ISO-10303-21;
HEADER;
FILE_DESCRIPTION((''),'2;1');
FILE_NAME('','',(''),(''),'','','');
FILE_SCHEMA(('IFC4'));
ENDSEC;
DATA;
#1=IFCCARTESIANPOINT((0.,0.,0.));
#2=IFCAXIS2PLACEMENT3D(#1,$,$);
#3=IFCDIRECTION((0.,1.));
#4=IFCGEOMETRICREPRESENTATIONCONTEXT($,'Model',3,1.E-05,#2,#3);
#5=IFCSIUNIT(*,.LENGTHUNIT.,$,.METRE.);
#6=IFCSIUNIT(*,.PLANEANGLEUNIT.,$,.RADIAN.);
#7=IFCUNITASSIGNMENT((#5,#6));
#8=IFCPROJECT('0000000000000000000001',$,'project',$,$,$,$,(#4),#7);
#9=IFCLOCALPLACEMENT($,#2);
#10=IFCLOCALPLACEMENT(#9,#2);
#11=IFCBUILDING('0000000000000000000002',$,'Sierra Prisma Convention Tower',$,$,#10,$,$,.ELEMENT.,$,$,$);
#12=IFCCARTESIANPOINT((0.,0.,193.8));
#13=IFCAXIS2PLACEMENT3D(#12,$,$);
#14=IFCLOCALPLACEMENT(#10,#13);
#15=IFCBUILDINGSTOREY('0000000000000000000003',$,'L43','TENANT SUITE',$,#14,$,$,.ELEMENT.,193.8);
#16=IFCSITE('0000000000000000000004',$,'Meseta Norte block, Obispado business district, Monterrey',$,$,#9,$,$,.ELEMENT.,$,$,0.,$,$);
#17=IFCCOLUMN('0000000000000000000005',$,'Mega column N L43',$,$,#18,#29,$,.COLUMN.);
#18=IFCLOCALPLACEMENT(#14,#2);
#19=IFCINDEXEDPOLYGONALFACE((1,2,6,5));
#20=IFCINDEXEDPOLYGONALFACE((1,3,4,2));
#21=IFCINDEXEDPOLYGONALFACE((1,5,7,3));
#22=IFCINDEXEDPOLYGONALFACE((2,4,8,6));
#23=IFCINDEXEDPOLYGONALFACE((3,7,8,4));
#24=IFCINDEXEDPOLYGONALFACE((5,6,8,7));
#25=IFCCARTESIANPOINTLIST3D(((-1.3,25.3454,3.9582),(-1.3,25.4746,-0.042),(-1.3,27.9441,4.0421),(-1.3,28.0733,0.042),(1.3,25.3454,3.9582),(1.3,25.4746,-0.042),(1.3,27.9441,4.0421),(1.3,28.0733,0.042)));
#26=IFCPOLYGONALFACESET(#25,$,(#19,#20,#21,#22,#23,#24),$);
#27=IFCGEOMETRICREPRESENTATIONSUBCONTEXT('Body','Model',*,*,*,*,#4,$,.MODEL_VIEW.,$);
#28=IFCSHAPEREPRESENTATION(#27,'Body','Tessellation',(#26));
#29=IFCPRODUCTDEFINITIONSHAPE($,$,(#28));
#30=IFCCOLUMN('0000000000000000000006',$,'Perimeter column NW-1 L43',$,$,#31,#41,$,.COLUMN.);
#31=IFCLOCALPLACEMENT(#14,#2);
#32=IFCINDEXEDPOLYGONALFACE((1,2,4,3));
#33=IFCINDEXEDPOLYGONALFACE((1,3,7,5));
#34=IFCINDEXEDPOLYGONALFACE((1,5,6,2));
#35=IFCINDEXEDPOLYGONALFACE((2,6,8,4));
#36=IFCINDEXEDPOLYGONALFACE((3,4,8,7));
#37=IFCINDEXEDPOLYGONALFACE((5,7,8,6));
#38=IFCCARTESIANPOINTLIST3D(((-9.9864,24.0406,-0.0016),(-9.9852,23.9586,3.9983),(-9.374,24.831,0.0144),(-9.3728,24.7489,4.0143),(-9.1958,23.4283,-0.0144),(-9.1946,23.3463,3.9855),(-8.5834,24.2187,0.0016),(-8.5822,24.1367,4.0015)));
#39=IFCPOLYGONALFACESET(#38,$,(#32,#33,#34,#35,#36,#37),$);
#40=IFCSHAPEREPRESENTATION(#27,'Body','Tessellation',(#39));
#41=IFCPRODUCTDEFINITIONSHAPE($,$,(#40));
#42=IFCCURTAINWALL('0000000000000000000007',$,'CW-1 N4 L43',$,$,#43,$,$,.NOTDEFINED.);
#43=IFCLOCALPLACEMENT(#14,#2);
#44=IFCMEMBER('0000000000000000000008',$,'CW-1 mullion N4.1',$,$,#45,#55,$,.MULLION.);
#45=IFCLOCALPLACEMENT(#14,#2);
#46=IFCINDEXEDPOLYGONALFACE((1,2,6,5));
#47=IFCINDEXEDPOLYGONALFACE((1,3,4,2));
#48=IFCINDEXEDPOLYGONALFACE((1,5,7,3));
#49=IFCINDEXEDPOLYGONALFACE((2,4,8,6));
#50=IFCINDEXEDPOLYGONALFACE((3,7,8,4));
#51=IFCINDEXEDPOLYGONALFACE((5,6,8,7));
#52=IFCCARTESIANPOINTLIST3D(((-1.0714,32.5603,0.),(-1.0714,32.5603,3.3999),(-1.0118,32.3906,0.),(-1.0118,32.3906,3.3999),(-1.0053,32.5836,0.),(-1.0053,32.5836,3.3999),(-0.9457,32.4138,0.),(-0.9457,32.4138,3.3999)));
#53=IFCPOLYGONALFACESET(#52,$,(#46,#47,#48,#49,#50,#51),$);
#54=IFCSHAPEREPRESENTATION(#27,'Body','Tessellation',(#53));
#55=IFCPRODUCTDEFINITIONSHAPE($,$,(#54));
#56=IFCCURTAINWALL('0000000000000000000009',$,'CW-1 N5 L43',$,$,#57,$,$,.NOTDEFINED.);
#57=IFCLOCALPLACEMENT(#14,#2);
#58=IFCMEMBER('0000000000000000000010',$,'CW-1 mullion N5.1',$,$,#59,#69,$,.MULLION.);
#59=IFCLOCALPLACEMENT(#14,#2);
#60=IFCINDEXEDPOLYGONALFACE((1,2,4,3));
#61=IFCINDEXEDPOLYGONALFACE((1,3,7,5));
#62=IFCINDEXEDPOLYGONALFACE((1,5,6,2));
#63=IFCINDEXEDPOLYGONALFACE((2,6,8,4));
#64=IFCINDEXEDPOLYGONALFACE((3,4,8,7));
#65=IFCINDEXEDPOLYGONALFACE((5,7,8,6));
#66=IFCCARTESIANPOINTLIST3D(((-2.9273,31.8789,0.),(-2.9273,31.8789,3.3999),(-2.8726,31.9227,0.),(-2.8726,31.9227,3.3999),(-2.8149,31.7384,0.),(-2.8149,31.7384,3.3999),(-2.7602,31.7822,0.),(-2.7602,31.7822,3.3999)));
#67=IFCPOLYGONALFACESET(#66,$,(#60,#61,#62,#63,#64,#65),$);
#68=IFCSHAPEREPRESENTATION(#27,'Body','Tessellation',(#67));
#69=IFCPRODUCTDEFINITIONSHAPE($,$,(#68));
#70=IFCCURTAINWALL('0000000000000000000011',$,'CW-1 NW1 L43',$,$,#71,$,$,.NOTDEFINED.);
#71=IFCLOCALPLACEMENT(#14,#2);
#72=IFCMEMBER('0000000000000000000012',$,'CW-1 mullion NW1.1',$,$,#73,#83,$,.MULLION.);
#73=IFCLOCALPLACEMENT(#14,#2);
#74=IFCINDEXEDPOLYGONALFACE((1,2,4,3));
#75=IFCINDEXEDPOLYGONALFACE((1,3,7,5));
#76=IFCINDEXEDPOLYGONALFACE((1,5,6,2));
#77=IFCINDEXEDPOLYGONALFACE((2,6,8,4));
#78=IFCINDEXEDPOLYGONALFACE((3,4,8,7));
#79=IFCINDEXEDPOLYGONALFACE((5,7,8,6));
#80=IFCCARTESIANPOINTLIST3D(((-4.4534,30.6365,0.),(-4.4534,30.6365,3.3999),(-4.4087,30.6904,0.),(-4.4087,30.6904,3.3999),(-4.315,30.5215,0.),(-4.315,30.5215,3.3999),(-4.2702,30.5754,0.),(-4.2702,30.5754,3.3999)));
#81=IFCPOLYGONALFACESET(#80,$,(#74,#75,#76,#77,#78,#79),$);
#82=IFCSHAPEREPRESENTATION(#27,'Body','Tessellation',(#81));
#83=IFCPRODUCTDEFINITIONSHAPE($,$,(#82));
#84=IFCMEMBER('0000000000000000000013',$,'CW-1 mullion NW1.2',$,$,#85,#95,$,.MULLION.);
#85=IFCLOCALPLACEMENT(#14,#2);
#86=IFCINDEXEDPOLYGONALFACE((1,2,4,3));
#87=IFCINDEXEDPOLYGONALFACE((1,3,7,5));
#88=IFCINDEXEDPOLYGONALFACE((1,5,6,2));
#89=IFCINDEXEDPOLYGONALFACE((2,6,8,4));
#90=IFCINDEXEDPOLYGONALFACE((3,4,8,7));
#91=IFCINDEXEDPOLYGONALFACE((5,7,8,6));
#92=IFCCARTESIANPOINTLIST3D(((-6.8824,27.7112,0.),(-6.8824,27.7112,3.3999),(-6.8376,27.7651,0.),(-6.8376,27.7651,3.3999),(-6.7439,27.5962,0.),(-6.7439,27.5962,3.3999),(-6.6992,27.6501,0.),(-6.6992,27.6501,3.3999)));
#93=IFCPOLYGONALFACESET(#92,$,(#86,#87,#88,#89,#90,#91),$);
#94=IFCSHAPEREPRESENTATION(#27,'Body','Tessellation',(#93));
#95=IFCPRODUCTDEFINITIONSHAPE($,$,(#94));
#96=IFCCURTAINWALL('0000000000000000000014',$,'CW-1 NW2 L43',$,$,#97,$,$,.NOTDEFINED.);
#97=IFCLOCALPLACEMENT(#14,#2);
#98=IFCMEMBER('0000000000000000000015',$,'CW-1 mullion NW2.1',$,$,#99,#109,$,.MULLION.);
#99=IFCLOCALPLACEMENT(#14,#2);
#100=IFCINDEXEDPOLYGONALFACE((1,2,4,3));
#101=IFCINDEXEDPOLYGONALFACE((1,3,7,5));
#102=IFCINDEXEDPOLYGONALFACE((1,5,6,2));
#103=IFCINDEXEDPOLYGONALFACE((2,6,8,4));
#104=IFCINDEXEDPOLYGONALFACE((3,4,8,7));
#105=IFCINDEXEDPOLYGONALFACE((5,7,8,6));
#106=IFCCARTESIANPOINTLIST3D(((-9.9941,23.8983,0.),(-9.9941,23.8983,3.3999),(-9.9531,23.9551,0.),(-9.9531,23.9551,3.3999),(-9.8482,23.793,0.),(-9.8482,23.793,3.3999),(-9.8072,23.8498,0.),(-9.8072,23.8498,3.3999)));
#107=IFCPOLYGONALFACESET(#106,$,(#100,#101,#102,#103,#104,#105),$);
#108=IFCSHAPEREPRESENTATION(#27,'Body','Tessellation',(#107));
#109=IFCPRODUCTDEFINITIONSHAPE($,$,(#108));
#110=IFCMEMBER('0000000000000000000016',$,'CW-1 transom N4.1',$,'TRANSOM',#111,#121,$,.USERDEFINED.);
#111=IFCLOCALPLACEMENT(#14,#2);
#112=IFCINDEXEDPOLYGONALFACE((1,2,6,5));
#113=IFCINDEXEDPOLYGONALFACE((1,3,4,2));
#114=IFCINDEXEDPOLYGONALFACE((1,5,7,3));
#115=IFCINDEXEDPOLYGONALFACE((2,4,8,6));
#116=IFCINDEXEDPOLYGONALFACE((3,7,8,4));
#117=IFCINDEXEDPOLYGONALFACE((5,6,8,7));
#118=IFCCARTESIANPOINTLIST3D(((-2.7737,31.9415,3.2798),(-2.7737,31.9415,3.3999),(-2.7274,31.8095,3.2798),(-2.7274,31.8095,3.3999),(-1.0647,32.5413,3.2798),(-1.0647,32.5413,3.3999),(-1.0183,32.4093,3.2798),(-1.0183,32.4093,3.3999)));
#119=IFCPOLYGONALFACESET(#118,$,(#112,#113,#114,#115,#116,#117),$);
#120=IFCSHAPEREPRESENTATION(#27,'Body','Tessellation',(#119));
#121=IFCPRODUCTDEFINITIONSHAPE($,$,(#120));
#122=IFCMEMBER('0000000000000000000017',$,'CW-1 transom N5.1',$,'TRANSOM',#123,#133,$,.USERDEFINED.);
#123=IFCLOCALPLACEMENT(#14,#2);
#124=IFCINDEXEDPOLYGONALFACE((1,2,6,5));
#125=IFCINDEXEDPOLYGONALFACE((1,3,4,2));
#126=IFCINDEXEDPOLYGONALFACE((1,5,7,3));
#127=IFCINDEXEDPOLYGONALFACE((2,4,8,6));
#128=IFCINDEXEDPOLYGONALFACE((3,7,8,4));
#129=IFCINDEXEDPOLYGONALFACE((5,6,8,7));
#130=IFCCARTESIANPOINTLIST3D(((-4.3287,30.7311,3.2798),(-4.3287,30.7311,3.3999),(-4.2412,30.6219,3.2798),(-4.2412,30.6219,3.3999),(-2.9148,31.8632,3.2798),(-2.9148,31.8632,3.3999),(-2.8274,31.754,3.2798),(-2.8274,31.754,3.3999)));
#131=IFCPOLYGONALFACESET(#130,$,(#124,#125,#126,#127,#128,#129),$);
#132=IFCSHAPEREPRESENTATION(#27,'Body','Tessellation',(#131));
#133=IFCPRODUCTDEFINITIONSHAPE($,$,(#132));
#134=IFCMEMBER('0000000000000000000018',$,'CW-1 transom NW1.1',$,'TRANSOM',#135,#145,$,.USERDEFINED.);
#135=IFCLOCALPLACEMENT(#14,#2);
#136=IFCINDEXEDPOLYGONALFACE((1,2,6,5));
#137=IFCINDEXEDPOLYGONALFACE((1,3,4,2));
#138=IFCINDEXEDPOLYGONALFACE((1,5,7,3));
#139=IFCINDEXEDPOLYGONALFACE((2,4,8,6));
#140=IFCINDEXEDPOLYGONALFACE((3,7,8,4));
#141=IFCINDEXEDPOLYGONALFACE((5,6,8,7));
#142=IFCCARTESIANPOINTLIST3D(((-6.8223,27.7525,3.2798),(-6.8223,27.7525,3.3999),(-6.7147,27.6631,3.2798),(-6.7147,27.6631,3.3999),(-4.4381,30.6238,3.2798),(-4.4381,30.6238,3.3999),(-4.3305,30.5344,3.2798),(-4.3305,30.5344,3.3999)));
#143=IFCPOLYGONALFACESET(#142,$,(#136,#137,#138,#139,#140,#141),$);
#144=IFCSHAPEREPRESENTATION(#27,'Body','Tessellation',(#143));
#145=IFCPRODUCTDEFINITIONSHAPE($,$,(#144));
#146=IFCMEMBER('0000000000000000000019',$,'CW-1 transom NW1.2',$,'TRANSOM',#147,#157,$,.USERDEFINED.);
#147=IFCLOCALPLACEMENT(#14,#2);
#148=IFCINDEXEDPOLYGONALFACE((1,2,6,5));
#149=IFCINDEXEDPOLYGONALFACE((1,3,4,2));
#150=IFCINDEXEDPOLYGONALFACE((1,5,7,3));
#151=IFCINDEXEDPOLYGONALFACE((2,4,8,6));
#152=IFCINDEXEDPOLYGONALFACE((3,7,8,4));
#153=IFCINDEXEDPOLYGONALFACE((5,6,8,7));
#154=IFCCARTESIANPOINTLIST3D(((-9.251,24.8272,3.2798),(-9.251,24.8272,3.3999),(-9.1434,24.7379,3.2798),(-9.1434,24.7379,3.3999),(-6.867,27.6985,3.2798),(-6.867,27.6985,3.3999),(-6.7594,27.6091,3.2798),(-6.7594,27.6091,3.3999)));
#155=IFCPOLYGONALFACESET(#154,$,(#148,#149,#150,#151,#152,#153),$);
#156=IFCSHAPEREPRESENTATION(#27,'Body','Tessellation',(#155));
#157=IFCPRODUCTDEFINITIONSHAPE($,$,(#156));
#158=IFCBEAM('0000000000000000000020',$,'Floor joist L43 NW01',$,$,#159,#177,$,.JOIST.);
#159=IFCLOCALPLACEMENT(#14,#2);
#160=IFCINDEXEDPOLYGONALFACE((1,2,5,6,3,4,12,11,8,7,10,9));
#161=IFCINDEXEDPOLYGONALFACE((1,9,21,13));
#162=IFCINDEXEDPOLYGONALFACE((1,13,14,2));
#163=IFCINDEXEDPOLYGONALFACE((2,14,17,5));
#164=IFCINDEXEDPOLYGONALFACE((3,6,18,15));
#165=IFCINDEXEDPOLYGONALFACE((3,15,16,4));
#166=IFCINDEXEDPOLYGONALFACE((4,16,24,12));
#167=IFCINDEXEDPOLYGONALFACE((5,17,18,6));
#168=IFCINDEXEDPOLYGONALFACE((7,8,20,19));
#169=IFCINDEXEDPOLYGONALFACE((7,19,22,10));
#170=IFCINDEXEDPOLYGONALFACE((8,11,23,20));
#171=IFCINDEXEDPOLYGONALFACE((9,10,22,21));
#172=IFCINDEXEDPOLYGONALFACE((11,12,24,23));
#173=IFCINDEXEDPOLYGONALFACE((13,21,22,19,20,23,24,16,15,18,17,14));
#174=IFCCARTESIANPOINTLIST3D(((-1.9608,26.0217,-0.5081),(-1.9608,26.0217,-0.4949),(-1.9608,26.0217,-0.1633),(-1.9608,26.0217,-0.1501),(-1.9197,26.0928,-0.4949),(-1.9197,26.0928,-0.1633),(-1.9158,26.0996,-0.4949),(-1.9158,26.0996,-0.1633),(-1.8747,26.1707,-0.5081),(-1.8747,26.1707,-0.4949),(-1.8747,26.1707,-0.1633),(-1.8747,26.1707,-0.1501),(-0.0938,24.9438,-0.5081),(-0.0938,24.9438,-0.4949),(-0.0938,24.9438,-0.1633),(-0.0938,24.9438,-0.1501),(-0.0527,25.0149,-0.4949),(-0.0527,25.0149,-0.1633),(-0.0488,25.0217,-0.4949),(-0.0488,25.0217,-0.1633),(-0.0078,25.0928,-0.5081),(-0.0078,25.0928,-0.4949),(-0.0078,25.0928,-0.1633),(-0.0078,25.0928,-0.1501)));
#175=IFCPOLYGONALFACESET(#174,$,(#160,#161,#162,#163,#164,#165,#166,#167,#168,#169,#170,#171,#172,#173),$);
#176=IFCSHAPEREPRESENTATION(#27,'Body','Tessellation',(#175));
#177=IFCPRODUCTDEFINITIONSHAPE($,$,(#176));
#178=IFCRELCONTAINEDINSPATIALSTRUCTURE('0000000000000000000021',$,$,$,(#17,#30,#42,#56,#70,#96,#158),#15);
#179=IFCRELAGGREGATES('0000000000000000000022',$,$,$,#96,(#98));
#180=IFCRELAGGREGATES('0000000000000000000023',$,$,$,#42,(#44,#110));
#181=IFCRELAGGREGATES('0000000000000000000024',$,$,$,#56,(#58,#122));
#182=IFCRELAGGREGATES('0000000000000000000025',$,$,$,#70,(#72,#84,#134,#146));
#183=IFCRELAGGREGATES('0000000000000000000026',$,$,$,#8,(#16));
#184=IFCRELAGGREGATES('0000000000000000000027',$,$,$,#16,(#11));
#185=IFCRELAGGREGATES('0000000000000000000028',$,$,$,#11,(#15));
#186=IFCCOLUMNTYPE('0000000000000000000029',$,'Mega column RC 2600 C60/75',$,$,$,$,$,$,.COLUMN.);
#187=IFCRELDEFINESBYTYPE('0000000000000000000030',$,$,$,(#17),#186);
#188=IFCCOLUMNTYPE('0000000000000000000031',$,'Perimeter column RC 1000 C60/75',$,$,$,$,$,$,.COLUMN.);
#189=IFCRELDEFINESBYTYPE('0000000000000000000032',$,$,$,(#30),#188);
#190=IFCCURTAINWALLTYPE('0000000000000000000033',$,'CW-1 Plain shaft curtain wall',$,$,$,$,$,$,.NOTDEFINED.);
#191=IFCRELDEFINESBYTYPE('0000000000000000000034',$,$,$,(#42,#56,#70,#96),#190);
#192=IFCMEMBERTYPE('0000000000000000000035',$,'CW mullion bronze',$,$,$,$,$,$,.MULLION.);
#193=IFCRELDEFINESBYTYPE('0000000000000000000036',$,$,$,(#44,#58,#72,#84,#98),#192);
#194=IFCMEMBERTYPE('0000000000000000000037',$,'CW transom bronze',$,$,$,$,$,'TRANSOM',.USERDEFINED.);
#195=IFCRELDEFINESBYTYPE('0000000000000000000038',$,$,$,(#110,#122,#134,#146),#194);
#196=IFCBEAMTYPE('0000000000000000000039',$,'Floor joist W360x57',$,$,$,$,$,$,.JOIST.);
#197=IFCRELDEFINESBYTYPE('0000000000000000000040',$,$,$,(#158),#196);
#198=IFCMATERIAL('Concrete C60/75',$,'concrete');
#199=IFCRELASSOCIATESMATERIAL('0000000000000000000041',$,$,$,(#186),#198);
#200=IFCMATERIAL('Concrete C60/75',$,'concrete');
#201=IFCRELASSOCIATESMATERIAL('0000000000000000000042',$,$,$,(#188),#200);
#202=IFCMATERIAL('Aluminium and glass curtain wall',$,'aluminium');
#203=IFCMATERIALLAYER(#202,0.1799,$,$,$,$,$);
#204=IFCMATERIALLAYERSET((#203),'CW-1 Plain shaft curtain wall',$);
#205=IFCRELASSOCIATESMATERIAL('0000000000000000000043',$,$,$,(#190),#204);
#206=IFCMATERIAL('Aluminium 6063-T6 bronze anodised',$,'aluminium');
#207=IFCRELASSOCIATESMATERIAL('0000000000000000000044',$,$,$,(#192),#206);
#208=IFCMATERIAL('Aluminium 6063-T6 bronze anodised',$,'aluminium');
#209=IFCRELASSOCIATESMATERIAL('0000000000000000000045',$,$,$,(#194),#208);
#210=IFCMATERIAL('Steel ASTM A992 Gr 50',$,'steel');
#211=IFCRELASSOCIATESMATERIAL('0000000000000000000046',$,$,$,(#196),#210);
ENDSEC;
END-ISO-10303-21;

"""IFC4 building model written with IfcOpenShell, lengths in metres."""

from ifc_helpers import new_model, si_unit, direction, frame, origin, origin_2d, place, context, subcontext, project, spatial, rectangle, i_section, extrude, material, layer, layer_set, material_profile, profile_set, type_object, element, aggregate, save


model = new_model("IFC4")

# Units and contexts
model_context = context("Model", 3, precision=1e-05, world=origin(), true_north=direction((0.0, 1.0)))
body_context = subcontext(model_context, "Body", "Model", "MODEL_VIEW")
ifc_project = project(units=[si_unit("LENGTHUNIT", "METRE"), si_unit("PLANEANGLEUNIT", "RADIAN")], contexts=[model_context])

# Site, building, storey
site_placement = place(None, origin())
site = spatial("IfcSite", under=ifc_project, at=site_placement, Name="Meseta Norte block, Obispado business district, Monterrey", CompositionType="ELEMENT", RefElevation=0.0)
building_placement = place(site_placement, origin())
building = spatial("IfcBuilding", under=site, at=building_placement, Name="Sierra Prisma Convention Tower", CompositionType="ELEMENT")
storey_placement = place(building_placement, frame((0.0, 0.0, 193.8)))
storey = spatial("IfcBuildingStorey", under=building, at=storey_placement, Name="L43", Description="TENANT SUITE", CompositionType="ELEMENT", Elevation=193.8)

# Columns
ifc_material_1 = material(Name="Concrete C60/75", Category="concrete")
ifc_material_profile_1 = material_profile(ifc_material_1, rectangle(XDim=2.6001, YDim=2.6001, at=origin_2d()), Name="Mega column RC 2600 C60/75")
ifc_profile_set_1 = profile_set([ifc_material_profile_1], Name="Concrete C60/75")
column_type_1 = type_object("IfcColumnType", Name="Mega column RC 2600 C60/75", PredefinedType="COLUMN", material=ifc_profile_set_1)
column_1_placement = place(storey_placement, frame((0.0, 26.7739, 0.0), z_axis=(0.0, -0.032271, 0.999479), x_axis=(1.0, 0.0, 0.0)))
element("IfcColumn", 1, at=column_1_placement, inside=storey, type_object=column_type_1, Name="Mega column N L43", PredefinedType="COLUMN", context=body_context, shape_type="SweptSolid", body=[
    extrude(rectangle(XDim=2.6001, YDim=2.6001, at=origin_2d()), origin(), (0.0, 0.0, 1.0), 4.0022),
])
ifc_material_2 = material(Name="Concrete C60/75", Category="concrete")
ifc_material_profile_2 = material_profile(ifc_material_2, rectangle(XDim=1.0, YDim=1.0, at=origin_2d()), Name="Perimeter column RC 1000 C60/75")
ifc_profile_set_2 = profile_set([ifc_material_profile_2], Name="Concrete C60/75")
column_type_2 = type_object("IfcColumnType", Name="Perimeter column RC 1000 C60/75", PredefinedType="COLUMN", material=ifc_profile_set_2)
column_2_placement = place(storey_placement, frame((-9.2849, 24.1296, 0.0), z_axis=(0.000305, -0.020504, 0.99979), x_axis=(0.612402, 0.790384, 0.016022)))
element("IfcColumn", 2, at=column_2_placement, inside=storey, type_object=column_type_2, Name="Perimeter column NW-1 L43", PredefinedType="COLUMN", context=body_context, shape_type="SweptSolid", body=[
    extrude(rectangle(XDim=1.0, YDim=1.0, at=origin_2d()), origin(), (0.0, 0.0, 1.0), 4.0007),
])

# Curtain walls, members
ifc_material_3 = material(Name="Aluminium and glass curtain wall", Category="aluminium")
ifc_layer_1 = layer(ifc_material_3, 0.1799)
ifc_layer_set_1 = layer_set([ifc_layer_1], Name="CW-1 Plain shaft curtain wall")
curtain_wall_type = type_object("IfcCurtainWallType", Name="CW-1 Plain shaft curtain wall", PredefinedType="NOTDEFINED", material=ifc_layer_set_1)
curtain_wall_1_placement = place(storey_placement, origin())
curtain_wall_1 = element("IfcCurtainWall", 3, at=curtain_wall_1_placement, inside=storey, type_object=curtain_wall_type, Name="CW-1 N4 L43", PredefinedType="NOTDEFINED")
ifc_material_4 = material(Name="Aluminium 6063-T6 bronze anodised", Category="aluminium")
ifc_material_profile_3 = material_profile(ifc_material_4, rectangle(XDim=0.1799, YDim=0.0701, at=origin_2d()), Name="ALU MULLION 70x180")
ifc_profile_set_3 = profile_set([ifc_material_profile_3], Name="Aluminium 6063-T6 bronze anodised")
member_type_1 = type_object("IfcMemberType", Name="CW mullion bronze", PredefinedType="MULLION", material=ifc_profile_set_3)
member_1_placement = place(storey_placement, frame((-1.0085, 32.4871, 0.0), z_axis=(0.0, 0.0, 1.0), x_axis=(0.331205, -0.943559, 0.0)))
member_1 = element("IfcMember", 4, at=member_1_placement, type_object=member_type_1, Name="CW-1 mullion N4.1", PredefinedType="MULLION", context=body_context, shape_type="SweptSolid", body=[
    extrude(rectangle(XDim=0.1799, YDim=0.0701, at=origin_2d()), origin(), (0.0, 0.0, 1.0), 3.3999),
])
curtain_wall_2_placement = place(storey_placement, origin())
curtain_wall_2 = element("IfcCurtainWall", 5, at=curtain_wall_2_placement, inside=storey, type_object=curtain_wall_type, Name="CW-1 N5 L43", PredefinedType="NOTDEFINED")
member_2_placement = place(storey_placement, frame((-2.8438, 31.8306, 0.0), z_axis=(0.0, 0.0, 1.0), x_axis=(0.625023, -0.780606, 0.0)))
member_2 = element("IfcMember", 6, at=member_2_placement, type_object=member_type_1, Name="CW-1 mullion N5.1", PredefinedType="MULLION", context=body_context, shape_type="SweptSolid", body=[
    extrude(rectangle(XDim=0.1799, YDim=0.0701, at=origin_2d()), origin(), (0.0, 0.0, 1.0), 3.3999),
])

# Curtain wall, members
curtain_wall_3_placement = place(storey_placement, origin())
curtain_wall_3 = element("IfcCurtainWall", 7, at=curtain_wall_3_placement, inside=storey, type_object=curtain_wall_type, Name="CW-1 NW1 L43", PredefinedType="NOTDEFINED")
member_3_placement = place(storey_placement, frame((-4.3618, 30.606, 0.0), z_axis=(0.0, 0.0, 1.0), x_axis=(0.769352, -0.638825, 0.0)))
member_3 = element("IfcMember", 8, at=member_3_placement, type_object=member_type_1, Name="CW-1 mullion NW1.1", PredefinedType="MULLION", context=body_context, shape_type="SweptSolid", body=[
    extrude(rectangle(XDim=0.1799, YDim=0.0701, at=origin_2d()), origin(), (0.0, 0.0, 1.0), 3.3999),
])
member_4_placement = place(storey_placement, frame((-6.7908, 27.6807, 0.0), z_axis=(0.0, 0.0, 1.0), x_axis=(0.769352, -0.638825, 0.0)))
member_4 = element("IfcMember", 9, at=member_4_placement, type_object=member_type_1, Name="CW-1 mullion NW1.2", PredefinedType="MULLION", context=body_context, shape_type="SweptSolid", body=[
    extrude(rectangle(XDim=0.1799, YDim=0.0701, at=origin_2d()), origin(), (0.0, 0.0, 1.0), 3.3999),
])

# Curtain wall, member
curtain_wall_4_placement = place(storey_placement, origin())
curtain_wall_4 = element("IfcCurtainWall", 10, at=curtain_wall_4_placement, inside=storey, type_object=curtain_wall_type, Name="CW-1 NW2 L43", PredefinedType="NOTDEFINED")
member_5_placement = place(storey_placement, frame((-9.9006, 23.874, 0.0), z_axis=(0.0, 0.0, 1.0), x_axis=(0.810833, -0.585277, 0.0)))
member_5 = element("IfcMember", 11, at=member_5_placement, type_object=member_type_1, Name="CW-1 mullion NW2.1", PredefinedType="MULLION", context=body_context, shape_type="SweptSolid", body=[
    extrude(rectangle(XDim=0.1799, YDim=0.0701, at=origin_2d()), origin(), (0.0, 0.0, 1.0), 3.3999),
])
aggregate(curtain_wall_4, [member_5])

# Members
ifc_material_5 = material(Name="Aluminium 6063-T6 bronze anodised", Category="aluminium")
ifc_material_profile_4 = material_profile(ifc_material_5, rectangle(XDim=0.1399, YDim=0.1201, at=origin_2d()), Name="ALU TRANSOM 120x140")
ifc_profile_set_4 = profile_set([ifc_material_profile_4], Name="Aluminium 6063-T6 bronze anodised")
member_type_2 = type_object("IfcMemberType", Name="CW transom bronze", ElementType="TRANSOM", PredefinedType="USERDEFINED", material=ifc_profile_set_4)
member_6_placement = place(storey_placement, frame((-1.0415, 32.4753, 3.3398), z_axis=(-0.943564, -0.331191, 0.0), x_axis=(0.331191, -0.943564, 0.0)))
member_6 = element("IfcMember", 12, at=member_6_placement, type_object=member_type_2, Name="CW-1 transom N4.1", ObjectType="TRANSOM", PredefinedType="USERDEFINED", context=body_context, shape_type="SweptSolid", body=[
    extrude(rectangle(XDim=0.1399, YDim=0.1201, at=origin_2d()), origin(), (0.0, 0.0, 1.0), 1.8113),
])
member_7_placement = place(storey_placement, frame((-2.8711, 31.8086, 3.3398), z_axis=(-0.780593, -0.62504, 0.0), x_axis=(0.62504, -0.780593, 0.0)))
member_7 = element("IfcMember", 13, at=member_7_placement, type_object=member_type_2, Name="CW-1 transom N5.1", ObjectType="TRANSOM", PredefinedType="USERDEFINED", context=body_context, shape_type="SweptSolid", body=[
    extrude(rectangle(XDim=0.1399, YDim=0.1201, at=origin_2d()), origin(), (0.0, 0.0, 1.0), 1.8113),
])
member_8_placement = place(storey_placement, frame((-4.3843, 30.5791, 3.3398), z_axis=(-0.638839, -0.769341, 0.0), x_axis=(0.769341, -0.638839, 0.0)))
member_8 = element("IfcMember", 14, at=member_8_placement, type_object=member_type_2, Name="CW-1 transom NW1.1", ObjectType="TRANSOM", PredefinedType="USERDEFINED", context=body_context, shape_type="SweptSolid", body=[
    extrude(rectangle(XDim=0.1399, YDim=0.1201, at=origin_2d()), origin(), (0.0, 0.0, 1.0), 3.7322),
])
member_9_placement = place(storey_placement, frame((-6.8132, 27.6538, 3.3398), z_axis=(-0.6388, -0.769373, 0.0), x_axis=(0.769373, -0.6388, 0.0)))
member_9 = element("IfcMember", 15, at=member_9_placement, type_object=member_type_2, Name="CW-1 transom NW1.2", ObjectType="TRANSOM", PredefinedType="USERDEFINED", context=body_context, shape_type="SweptSolid", body=[
    extrude(rectangle(XDim=0.1399, YDim=0.1201, at=origin_2d()), origin(), (0.0, 0.0, 1.0), 3.7319),
])

# Beam
ifc_material_6 = material(Name="Steel ASTM A992 Gr 50", Category="steel")
ifc_material_profile_5 = material_profile(ifc_material_6, i_section(OverallWidth=0.1721, OverallDepth=0.3579, WebThickness=0.0078, FlangeThickness=0.0132, at=origin_2d()), Name="W360x57")
ifc_profile_set_5 = profile_set([ifc_material_profile_5], Name="Steel ASTM A992 Gr 50")
beam_type_1 = type_object("IfcBeamType", Name="Floor joist W360x57", PredefinedType="JOIST", material=ifc_profile_set_5)
beam_1_placement = place(storey_placement, frame((-1.9177, 26.0962, -0.3291), z_axis=(0.866025, -0.5, 0.0), x_axis=(0.5, 0.866025, 0.0)))
element("IfcBeam", 16, at=beam_1_placement, inside=storey, type_object=beam_type_1, Name="Floor joist L43 NW01", PredefinedType="JOIST", context=body_context, shape_type="SweptSolid", body=[
    extrude(i_section(OverallWidth=0.1721, OverallDepth=0.3579, WebThickness=0.0078, FlangeThickness=0.0132, at=origin_2d()), origin(), (0.0, 0.0, 1.0), 2.1558),
])

aggregate(curtain_wall_1, [member_1, member_6])
aggregate(curtain_wall_2, [member_2, member_7])
aggregate(curtain_wall_3, [member_3, member_4, member_8, member_9])

save(model, "model.ifc")
